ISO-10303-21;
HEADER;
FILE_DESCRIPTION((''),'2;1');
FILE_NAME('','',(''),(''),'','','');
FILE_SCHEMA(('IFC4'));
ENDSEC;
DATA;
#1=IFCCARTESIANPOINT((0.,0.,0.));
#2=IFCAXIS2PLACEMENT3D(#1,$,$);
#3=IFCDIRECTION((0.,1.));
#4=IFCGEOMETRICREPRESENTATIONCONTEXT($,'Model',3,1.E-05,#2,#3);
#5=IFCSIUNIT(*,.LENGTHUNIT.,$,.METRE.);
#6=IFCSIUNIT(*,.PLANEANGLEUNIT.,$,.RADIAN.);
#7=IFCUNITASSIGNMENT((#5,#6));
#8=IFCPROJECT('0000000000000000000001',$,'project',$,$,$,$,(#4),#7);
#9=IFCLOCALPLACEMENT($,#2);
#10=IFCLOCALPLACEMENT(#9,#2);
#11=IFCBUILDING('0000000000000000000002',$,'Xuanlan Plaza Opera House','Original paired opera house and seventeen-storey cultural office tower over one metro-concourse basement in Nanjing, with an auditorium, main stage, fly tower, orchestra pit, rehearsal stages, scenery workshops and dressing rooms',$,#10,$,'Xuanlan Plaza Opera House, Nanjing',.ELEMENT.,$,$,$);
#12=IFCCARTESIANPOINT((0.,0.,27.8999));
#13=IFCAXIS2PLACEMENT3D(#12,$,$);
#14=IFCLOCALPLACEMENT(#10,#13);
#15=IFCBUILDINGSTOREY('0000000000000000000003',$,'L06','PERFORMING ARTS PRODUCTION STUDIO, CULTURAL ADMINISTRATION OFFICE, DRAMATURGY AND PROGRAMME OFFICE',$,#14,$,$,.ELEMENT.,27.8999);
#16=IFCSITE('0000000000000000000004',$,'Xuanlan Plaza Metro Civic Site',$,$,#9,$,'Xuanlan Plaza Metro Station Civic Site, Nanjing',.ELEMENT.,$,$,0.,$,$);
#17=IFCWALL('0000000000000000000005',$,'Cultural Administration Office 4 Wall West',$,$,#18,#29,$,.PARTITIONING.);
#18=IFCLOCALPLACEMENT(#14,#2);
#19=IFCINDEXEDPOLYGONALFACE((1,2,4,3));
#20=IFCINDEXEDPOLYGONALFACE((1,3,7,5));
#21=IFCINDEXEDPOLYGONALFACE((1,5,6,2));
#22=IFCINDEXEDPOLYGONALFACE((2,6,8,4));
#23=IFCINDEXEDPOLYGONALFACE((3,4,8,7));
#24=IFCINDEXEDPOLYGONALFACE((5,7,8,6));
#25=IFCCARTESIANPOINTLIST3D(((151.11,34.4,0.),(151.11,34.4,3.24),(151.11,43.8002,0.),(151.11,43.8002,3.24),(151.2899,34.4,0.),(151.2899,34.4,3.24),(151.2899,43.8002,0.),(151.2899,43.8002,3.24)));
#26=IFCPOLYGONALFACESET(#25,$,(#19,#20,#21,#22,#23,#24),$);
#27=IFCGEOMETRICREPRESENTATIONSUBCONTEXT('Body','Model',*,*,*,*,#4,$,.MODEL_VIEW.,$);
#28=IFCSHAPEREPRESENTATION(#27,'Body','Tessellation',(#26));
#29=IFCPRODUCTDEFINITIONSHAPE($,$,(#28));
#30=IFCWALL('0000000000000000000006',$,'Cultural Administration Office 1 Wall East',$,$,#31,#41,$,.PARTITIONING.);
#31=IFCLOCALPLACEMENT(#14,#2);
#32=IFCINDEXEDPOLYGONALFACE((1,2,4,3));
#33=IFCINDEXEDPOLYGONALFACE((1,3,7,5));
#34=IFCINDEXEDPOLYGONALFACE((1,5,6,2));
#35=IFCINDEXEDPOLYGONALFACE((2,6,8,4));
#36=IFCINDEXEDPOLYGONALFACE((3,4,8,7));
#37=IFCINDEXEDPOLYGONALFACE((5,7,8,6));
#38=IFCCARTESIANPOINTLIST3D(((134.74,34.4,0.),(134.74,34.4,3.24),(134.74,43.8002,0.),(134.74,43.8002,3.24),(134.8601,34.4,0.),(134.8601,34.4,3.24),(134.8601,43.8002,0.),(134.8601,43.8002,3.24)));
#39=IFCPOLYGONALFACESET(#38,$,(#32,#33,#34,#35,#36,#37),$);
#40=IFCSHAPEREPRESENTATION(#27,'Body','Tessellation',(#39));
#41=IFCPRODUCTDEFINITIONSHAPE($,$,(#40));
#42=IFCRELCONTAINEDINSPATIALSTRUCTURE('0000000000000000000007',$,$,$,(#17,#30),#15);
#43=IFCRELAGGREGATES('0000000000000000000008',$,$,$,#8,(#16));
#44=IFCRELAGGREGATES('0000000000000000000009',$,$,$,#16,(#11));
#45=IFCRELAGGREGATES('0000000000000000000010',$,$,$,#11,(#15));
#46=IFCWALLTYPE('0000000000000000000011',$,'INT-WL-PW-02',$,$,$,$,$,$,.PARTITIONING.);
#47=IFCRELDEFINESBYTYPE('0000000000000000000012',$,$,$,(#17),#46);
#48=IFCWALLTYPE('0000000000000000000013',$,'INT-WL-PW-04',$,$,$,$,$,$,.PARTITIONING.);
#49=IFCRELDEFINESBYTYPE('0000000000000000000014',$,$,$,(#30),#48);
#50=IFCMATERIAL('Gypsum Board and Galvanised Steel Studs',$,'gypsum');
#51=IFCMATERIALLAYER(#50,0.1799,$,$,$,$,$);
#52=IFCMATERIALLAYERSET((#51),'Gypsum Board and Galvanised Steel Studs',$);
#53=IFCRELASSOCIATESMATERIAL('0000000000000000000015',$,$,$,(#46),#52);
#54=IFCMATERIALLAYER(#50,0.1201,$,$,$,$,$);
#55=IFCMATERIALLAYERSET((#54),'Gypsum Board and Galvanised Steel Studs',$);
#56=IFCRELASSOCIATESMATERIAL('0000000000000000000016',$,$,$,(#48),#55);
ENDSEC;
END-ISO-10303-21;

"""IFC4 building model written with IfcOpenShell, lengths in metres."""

from ifc_helpers import new_model, si_unit, direction, frame, frame_2d, origin, place, context, subcontext, project, spatial, rectangle, extrude, material, layer, layer_set, type_object, element, save


model = new_model("IFC4")

# Units and contexts
model_context = context("Model", 3, precision=1e-05, world=origin(), true_north=direction((0.0, 1.0)))
body_context = subcontext(model_context, "Body", "Model", "MODEL_VIEW")
ifc_project = project(units=[si_unit("LENGTHUNIT", "METRE"), si_unit("PLANEANGLEUNIT", "RADIAN")], contexts=[model_context])

# Site, building, storey
site_placement = place(None, origin())
site = spatial("IfcSite", under=ifc_project, at=site_placement, Name="Xuanlan Plaza Metro Civic Site", LongName="Xuanlan Plaza Metro Station Civic Site, Nanjing", CompositionType="ELEMENT", RefElevation=0.0)
building_placement = place(site_placement, origin())
building = spatial("IfcBuilding", under=site, at=building_placement, Name="Xuanlan Plaza Opera House", Description="Original paired opera house and seventeen-storey cultural office tower over one metro-concourse basement in Nanjing, with an auditorium, main stage, fly tower, orchestra pit, rehearsal stages, scenery workshops and dressing rooms", LongName="Xuanlan Plaza Opera House, Nanjing", CompositionType="ELEMENT")
storey_placement = place(building_placement, frame((0.0, 0.0, 27.8999)))
storey = spatial("IfcBuildingStorey", under=building, at=storey_placement, Name="L06", Description="PERFORMING ARTS PRODUCTION STUDIO, CULTURAL ADMINISTRATION OFFICE, DRAMATURGY AND PROGRAMME OFFICE", CompositionType="ELEMENT", Elevation=27.8999)

# Shared definitions
ifc_material_1 = material(Name="Gypsum Board and Galvanised Steel Studs", Category="gypsum")
ifc_layer_1 = layer(ifc_material_1, 0.1799)
ifc_layer_set_1 = layer_set([ifc_layer_1], Name="Gypsum Board and Galvanised Steel Studs")
wall_type_1 = type_object("IfcWallType", Name="INT-WL-PW-02", PredefinedType="PARTITIONING", material=ifc_layer_set_1)

# Walls
wall_1_placement = place(storey_placement, frame((151.2, 34.3999, 0.0), z_axis=(0.0, 0.0, 1.0), x_axis=(0.0, 1.0, 0.0)))
element("IfcWall", 1, at=wall_1_placement, inside=storey, type_object=wall_type_1, Name="Cultural Administration Office 4 Wall West", PredefinedType="PARTITIONING", context=body_context, shape_type="SweptSolid", body=[
    extrude(rectangle(XDim=9.4001, YDim=0.1799, at=frame_2d((4.7002, 0.0))), origin(), (0.0, 0.0, 1.0), 3.24),
])
ifc_layer_2 = layer(ifc_material_1, 0.1201)
ifc_layer_set_2 = layer_set([ifc_layer_2], Name="Gypsum Board and Galvanised Steel Studs")
wall_type_2 = type_object("IfcWallType", Name="INT-WL-PW-04", PredefinedType="PARTITIONING", material=ifc_layer_set_2)
wall_2_placement = place(storey_placement, frame((134.8, 34.3999, 0.0), z_axis=(0.0, 0.0, 1.0), x_axis=(0.0, 1.0, 0.0)))
element("IfcWall", 2, at=wall_2_placement, inside=storey, type_object=wall_type_2, Name="Cultural Administration Office 1 Wall East", PredefinedType="PARTITIONING", context=body_context, shape_type="SweptSolid", body=[
    extrude(rectangle(XDim=9.4001, YDim=0.1201, at=frame_2d((4.7002, 0.0))), origin(), (0.0, 0.0, 1.0), 3.24),
])

save(model, "model.ifc")
